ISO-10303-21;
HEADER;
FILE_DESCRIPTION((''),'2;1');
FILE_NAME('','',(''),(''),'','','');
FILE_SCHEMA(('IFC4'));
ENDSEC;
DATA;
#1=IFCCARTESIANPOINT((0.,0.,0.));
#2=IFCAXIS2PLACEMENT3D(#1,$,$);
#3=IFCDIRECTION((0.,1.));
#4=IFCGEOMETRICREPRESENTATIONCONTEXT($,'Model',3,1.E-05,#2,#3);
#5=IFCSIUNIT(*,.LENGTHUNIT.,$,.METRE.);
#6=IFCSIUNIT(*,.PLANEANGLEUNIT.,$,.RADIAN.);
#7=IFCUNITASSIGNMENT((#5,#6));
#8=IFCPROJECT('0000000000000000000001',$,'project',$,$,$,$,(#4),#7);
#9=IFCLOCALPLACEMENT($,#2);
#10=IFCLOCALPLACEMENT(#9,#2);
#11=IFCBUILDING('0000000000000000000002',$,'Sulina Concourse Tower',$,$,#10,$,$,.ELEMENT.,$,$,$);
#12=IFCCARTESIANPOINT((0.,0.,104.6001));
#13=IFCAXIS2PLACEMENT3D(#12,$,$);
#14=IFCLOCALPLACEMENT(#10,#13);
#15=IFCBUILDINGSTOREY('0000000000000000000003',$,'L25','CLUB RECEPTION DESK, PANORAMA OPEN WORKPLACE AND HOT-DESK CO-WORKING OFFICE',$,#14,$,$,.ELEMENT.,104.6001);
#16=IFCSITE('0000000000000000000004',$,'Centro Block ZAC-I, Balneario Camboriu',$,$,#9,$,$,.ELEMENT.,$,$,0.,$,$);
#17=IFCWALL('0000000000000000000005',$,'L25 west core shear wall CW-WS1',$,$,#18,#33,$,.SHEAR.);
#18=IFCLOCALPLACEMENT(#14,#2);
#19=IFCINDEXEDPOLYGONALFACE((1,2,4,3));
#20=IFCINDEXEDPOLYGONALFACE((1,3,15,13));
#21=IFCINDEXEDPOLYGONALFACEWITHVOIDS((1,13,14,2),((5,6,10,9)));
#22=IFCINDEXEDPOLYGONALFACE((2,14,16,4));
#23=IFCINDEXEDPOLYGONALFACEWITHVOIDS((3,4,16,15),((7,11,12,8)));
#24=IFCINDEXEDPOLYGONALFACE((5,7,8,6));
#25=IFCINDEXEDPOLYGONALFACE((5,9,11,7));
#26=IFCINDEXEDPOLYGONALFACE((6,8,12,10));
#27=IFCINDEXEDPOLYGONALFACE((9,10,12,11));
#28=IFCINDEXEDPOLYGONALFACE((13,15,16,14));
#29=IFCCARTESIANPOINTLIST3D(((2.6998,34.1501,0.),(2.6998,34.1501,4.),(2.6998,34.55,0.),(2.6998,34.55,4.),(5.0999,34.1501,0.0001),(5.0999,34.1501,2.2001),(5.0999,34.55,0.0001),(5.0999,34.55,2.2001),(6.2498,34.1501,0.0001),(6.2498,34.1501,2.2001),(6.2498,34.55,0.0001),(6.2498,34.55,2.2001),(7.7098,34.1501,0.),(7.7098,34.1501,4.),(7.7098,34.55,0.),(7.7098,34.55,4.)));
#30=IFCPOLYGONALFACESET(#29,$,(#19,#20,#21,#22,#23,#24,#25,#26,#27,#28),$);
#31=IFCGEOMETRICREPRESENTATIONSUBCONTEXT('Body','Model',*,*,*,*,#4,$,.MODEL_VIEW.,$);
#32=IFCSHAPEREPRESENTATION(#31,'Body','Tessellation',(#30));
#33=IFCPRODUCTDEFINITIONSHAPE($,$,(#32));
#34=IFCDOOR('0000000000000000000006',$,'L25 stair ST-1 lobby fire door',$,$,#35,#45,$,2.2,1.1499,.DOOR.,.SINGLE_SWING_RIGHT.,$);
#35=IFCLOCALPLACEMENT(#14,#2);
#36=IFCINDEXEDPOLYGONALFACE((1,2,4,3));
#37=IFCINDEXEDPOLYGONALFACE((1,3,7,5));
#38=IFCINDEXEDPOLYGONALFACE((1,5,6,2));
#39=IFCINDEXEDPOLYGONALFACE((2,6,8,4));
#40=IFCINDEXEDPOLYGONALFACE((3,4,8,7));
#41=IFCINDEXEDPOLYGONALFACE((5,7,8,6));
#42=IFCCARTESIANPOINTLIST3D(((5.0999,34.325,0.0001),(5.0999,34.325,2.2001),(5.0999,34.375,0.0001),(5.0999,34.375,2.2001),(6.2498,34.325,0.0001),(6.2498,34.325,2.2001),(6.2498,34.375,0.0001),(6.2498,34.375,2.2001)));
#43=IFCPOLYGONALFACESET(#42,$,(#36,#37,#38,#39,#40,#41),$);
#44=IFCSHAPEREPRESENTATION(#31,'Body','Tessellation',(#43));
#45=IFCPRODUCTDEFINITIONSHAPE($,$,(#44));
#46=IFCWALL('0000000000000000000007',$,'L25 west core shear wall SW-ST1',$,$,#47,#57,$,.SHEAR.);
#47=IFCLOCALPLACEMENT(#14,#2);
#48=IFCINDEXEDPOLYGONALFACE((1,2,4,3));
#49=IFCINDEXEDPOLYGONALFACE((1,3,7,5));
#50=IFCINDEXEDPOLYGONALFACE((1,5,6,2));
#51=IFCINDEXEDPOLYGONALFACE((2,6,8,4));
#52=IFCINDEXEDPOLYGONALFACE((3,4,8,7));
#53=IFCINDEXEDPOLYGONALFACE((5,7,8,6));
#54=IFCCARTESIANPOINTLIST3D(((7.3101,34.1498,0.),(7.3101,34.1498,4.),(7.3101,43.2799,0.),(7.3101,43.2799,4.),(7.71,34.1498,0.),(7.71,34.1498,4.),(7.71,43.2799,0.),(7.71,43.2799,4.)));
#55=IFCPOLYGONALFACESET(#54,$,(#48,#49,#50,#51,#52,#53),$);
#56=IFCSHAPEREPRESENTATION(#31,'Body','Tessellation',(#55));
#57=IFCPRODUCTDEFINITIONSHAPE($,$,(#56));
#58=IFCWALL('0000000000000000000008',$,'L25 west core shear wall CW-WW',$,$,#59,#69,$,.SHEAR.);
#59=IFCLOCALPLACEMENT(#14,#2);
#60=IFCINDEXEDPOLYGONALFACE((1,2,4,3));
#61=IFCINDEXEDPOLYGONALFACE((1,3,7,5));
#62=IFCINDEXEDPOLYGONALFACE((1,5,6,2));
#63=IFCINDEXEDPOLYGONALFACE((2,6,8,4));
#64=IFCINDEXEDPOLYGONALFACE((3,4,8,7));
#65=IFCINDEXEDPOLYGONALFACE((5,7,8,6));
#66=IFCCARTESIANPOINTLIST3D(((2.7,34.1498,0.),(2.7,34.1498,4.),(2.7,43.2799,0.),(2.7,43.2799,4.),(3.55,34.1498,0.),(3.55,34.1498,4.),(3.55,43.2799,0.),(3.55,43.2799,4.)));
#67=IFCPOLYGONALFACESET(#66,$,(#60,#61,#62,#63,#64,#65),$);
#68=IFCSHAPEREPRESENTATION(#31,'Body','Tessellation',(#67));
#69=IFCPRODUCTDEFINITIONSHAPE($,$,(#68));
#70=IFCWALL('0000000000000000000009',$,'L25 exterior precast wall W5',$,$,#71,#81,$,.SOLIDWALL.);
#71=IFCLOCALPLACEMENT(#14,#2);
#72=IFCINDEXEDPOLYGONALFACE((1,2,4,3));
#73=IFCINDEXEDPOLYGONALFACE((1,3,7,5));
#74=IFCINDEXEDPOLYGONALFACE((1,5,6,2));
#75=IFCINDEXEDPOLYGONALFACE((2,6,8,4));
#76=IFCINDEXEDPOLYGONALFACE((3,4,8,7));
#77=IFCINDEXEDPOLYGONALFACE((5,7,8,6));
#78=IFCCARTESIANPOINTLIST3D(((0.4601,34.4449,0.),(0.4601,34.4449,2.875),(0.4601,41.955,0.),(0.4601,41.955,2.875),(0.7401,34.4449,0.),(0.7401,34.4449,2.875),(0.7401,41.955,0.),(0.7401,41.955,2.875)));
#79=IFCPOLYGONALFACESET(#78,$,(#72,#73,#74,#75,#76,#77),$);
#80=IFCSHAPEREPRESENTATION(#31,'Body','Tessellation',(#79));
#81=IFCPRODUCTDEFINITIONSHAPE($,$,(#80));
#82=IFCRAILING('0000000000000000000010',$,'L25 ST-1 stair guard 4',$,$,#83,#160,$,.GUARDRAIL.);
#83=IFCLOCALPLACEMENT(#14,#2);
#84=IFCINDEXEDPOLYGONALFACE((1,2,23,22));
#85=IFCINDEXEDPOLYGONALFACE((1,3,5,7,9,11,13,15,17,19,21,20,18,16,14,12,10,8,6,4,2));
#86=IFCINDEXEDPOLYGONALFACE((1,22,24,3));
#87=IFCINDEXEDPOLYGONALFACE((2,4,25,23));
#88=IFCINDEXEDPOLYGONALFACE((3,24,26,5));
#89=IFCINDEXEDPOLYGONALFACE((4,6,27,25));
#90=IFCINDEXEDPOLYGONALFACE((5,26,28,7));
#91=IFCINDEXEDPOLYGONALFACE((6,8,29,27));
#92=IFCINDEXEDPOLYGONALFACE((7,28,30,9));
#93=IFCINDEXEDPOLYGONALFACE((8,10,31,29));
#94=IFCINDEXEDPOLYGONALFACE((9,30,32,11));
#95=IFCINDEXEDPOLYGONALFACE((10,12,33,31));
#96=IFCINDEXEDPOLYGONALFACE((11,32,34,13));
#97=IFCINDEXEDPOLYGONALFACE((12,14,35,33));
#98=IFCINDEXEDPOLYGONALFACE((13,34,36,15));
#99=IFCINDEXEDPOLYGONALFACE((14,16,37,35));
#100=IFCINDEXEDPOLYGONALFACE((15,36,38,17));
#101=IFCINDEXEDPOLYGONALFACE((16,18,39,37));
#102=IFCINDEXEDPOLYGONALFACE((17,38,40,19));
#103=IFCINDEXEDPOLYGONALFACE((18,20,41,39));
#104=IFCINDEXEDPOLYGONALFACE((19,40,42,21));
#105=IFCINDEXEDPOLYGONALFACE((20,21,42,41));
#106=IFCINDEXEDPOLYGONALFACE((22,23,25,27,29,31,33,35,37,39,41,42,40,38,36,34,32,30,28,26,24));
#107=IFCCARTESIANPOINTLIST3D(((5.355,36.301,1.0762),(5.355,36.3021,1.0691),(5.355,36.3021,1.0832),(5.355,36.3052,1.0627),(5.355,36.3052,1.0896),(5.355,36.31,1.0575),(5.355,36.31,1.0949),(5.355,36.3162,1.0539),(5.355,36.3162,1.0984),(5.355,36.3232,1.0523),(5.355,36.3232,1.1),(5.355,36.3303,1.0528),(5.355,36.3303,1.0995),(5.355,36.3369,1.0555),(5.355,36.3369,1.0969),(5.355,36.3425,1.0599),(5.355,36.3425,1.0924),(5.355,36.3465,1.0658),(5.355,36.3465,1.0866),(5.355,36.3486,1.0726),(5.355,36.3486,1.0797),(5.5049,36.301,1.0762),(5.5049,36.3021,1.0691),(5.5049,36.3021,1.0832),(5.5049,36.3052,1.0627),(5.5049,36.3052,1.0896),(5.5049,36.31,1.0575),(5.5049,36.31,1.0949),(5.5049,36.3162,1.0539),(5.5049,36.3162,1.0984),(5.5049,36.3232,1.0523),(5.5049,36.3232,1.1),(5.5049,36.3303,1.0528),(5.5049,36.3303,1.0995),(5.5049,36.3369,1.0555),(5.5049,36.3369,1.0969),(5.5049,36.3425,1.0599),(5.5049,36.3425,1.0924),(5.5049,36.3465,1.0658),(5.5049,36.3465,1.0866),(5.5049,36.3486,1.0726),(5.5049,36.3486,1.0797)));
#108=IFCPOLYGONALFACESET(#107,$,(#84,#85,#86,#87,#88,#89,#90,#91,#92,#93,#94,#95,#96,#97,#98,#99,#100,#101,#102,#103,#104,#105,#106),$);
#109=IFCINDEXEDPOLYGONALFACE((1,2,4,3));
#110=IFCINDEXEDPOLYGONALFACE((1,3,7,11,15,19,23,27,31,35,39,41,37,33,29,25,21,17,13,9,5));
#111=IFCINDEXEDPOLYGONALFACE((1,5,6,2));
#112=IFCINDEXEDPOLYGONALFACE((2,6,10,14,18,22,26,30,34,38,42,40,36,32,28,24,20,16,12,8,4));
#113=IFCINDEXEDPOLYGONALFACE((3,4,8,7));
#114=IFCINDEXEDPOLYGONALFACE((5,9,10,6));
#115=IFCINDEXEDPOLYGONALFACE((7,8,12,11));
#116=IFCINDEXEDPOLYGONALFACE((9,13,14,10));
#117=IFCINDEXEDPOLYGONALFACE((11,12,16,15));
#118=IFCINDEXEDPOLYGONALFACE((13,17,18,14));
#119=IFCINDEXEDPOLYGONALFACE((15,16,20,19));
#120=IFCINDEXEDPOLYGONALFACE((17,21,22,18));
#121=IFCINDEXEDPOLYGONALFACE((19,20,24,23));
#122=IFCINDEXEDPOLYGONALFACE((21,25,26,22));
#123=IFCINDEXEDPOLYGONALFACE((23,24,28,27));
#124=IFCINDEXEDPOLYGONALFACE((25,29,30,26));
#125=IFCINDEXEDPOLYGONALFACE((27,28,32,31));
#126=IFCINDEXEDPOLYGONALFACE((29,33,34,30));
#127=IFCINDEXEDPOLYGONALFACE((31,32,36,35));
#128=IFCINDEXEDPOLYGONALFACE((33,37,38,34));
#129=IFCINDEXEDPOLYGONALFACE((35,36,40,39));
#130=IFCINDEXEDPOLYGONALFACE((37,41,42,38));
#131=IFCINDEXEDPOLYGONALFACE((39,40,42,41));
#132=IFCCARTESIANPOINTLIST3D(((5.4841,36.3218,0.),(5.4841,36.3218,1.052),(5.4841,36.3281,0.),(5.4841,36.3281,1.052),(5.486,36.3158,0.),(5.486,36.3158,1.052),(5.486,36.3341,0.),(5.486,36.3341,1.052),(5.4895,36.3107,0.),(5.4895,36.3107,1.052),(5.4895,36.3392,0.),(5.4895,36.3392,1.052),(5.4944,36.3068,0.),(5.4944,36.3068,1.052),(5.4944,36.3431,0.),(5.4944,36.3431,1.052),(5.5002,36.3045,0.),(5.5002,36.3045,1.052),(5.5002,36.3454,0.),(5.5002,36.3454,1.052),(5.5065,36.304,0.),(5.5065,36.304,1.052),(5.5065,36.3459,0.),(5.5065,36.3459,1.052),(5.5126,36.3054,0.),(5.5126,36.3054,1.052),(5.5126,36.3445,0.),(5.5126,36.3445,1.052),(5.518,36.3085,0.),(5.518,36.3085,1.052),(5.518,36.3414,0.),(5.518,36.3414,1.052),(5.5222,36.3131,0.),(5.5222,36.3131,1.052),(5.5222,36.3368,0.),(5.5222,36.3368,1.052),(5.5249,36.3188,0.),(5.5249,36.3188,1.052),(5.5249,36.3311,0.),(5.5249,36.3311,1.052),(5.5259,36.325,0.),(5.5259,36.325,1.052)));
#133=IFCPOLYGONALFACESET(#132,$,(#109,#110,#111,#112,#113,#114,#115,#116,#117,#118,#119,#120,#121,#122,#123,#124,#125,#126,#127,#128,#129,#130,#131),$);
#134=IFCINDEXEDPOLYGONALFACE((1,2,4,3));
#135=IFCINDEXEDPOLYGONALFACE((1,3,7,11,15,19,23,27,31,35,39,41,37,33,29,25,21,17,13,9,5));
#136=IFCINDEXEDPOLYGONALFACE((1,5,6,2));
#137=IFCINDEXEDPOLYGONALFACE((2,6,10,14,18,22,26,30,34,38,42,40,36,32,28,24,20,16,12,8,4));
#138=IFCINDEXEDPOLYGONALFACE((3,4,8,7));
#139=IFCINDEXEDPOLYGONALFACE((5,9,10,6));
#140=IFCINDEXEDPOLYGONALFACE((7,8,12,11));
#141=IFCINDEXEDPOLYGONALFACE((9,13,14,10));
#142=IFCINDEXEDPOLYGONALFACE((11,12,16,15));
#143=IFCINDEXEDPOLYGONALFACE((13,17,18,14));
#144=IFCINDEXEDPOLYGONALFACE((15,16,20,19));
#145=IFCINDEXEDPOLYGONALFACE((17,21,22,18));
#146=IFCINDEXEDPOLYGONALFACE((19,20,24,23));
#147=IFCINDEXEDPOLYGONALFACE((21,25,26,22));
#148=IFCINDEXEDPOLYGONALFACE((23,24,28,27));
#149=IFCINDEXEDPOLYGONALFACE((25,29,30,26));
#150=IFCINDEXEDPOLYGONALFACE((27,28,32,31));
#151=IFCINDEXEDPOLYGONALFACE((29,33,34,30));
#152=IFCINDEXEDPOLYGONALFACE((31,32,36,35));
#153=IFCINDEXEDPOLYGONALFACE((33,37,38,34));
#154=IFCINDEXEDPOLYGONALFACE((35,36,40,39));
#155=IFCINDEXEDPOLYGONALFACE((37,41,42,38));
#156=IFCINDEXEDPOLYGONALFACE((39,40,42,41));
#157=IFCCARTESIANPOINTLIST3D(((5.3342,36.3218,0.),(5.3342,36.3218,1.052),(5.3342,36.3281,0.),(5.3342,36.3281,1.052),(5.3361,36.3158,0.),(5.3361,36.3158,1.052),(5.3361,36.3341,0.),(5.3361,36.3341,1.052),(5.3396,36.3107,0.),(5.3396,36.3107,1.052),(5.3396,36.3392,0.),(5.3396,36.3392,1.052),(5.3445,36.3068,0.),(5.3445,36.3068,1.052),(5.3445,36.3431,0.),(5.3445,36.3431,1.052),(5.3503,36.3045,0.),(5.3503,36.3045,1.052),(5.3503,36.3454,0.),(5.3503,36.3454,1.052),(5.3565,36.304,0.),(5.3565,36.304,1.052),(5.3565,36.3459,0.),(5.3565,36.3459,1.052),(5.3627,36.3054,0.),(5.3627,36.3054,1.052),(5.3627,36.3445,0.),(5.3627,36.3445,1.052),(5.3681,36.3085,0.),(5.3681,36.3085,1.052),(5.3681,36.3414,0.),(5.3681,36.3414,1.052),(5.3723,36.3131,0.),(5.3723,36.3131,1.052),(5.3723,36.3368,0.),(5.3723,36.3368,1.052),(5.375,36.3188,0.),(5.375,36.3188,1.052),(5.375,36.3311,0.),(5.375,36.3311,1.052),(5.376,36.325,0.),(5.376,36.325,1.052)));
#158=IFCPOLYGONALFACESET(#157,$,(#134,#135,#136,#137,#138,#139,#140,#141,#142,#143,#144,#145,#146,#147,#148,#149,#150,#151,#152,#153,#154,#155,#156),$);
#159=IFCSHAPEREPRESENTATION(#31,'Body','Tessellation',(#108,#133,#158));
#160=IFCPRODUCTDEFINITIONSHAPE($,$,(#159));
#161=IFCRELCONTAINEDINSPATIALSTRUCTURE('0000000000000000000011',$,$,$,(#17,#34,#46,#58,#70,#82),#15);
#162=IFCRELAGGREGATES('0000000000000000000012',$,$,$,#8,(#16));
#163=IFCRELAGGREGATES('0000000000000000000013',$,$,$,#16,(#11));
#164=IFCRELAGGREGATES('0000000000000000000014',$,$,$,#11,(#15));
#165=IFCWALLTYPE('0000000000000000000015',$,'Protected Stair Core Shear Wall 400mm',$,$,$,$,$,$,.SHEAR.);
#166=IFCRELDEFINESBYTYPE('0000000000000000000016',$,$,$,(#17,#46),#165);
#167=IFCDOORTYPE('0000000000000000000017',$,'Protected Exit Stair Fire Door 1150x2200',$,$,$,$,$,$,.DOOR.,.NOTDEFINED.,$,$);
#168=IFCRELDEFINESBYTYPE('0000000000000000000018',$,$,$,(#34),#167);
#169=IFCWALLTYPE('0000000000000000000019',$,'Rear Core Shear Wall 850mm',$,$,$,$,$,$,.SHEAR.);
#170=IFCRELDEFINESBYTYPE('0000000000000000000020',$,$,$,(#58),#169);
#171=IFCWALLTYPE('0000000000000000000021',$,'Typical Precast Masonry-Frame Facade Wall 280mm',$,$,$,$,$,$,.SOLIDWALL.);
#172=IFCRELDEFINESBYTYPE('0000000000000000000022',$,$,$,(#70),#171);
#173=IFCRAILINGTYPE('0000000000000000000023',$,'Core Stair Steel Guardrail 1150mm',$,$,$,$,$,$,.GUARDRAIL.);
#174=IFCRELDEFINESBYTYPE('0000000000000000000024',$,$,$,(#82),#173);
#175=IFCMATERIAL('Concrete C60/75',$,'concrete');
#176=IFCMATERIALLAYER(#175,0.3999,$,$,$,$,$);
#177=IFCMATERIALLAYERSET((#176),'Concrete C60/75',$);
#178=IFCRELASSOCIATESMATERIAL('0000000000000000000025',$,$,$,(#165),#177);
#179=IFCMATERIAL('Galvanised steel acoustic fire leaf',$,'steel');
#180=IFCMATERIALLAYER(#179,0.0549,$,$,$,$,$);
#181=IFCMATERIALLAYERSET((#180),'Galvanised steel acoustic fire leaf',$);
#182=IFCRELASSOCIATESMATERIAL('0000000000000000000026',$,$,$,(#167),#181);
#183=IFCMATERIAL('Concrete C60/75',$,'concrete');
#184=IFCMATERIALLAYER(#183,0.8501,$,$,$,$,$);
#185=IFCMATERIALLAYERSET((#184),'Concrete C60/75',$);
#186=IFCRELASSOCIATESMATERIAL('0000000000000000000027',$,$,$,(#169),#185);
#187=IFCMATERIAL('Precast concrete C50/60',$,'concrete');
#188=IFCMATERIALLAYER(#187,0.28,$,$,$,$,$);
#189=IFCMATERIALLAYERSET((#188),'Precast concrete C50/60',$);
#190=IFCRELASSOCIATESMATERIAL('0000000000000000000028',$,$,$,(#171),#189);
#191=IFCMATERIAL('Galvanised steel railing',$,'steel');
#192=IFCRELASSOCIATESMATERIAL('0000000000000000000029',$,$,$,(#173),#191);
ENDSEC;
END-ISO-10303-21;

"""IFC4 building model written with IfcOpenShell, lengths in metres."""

from ifc_helpers import new_model, si_unit, direction, frame, frame_2d, origin, origin_2d, place, context, subcontext, project, spatial, rectangle, circle, extrude, material, layer, layer_set, type_object, element, fill, save


model = new_model("IFC4")

# Units and contexts
model_context = context("Model", 3, precision=1e-05, world=origin(), true_north=direction((0.0, 1.0)))
body_context = subcontext(model_context, "Body", "Model", "MODEL_VIEW")
ifc_project = project(units=[si_unit("LENGTHUNIT", "METRE"), si_unit("PLANEANGLEUNIT", "RADIAN")], contexts=[model_context])

# Site, building, storey
site_placement = place(None, origin())
site = spatial("IfcSite", under=ifc_project, at=site_placement, Name="Centro Block ZAC-I, Balneario Camboriu", CompositionType="ELEMENT", RefElevation=0.0)
building_placement = place(site_placement, origin())
building = spatial("IfcBuilding", under=site, at=building_placement, Name="Sulina Concourse Tower", CompositionType="ELEMENT")
storey_placement = place(building_placement, frame((0.0, 0.0, 104.6001)))
storey = spatial("IfcBuildingStorey", under=building, at=storey_placement, Name="L25", Description="CLUB RECEPTION DESK, PANORAMA OPEN WORKPLACE AND HOT-DESK CO-WORKING OFFICE", CompositionType="ELEMENT", Elevation=104.6001)

# Wall, opening, door
ifc_material_1 = material(Name="Concrete C60/75", Category="concrete")
ifc_layer_1 = layer(ifc_material_1, 0.3999)
ifc_layer_set_1 = layer_set([ifc_layer_1], Name="Concrete C60/75")
wall_type_1 = type_object("IfcWallType", Name="Protected Stair Core Shear Wall 400mm", PredefinedType="SHEAR", material=ifc_layer_set_1)
wall_1_placement = place(storey_placement, frame((2.7, 34.3501, 0.0), z_axis=(0.0, 0.0, 1.0), x_axis=(1.0, 0.0, 0.0)))
wall_1 = element("IfcWall", 1, at=wall_1_placement, inside=storey, type_object=wall_type_1, Name="L25 west core shear wall CW-WS1", PredefinedType="SHEAR", context=body_context, shape_type="SweptSolid", body=[
    extrude(rectangle(XDim=5.01, YDim=0.3999, at=frame_2d((2.5049, 0.0))), origin(), (0.0, 0.0, 1.0), 4.0),
])
opening_placement = place(wall_1_placement, frame((2.3999, 0.0, 0.0)))
opening = element("IfcOpeningElement", 2, at=opening_placement, cuts=wall_1, PredefinedType="OPENING", context=body_context, shape_type="SweptSolid", body=[
    extrude(rectangle(XDim=1.1499, YDim=2.2, at=frame_2d((0.575, 1.1001))), frame((0.0, 0.21, 0.0), z_axis=(0.0, -1.0, 0.0), x_axis=(1.0, 0.0, 0.0)), (0.0, 0.0, 1.0), 0.4199),
])
ifc_material_2 = material(Name="Galvanised steel acoustic fire leaf", Category="steel")
ifc_layer_2 = layer(ifc_material_2, 0.0549)
ifc_layer_set_2 = layer_set([ifc_layer_2], Name="Galvanised steel acoustic fire leaf")
door_type = type_object("IfcDoorType", Name="Protected Exit Stair Fire Door 1150x2200", OperationType="NOTDEFINED", PredefinedType="DOOR", material=ifc_layer_set_2)
door_placement = place(opening_placement, origin())
door = element("IfcDoor", 3, at=door_placement, inside=storey, type_object=door_type, Name="L25 stair ST-1 lobby fire door", OperationType="SINGLE_SWING_RIGHT", OverallHeight=2.2, OverallWidth=1.1499, PredefinedType="DOOR", context=body_context, shape_type="SweptSolid", body=[
    extrude(rectangle(XDim=1.1499, YDim=2.2, at=frame_2d((0.575, 1.1001))), frame((0.0, 0.0249, 0.0), z_axis=(0.0, -1.0, 0.0), x_axis=(1.0, 0.0, 0.0)), (0.0, 0.0, 1.0), 0.05),
])
fill(opening, door)

# Walls
wall_2_placement = place(storey_placement, frame((7.51, 34.1499, 0.0), z_axis=(0.0, 0.0, 1.0), x_axis=(0.0, 1.0, 0.0)))
element("IfcWall", 4, at=wall_2_placement, inside=storey, type_object=wall_type_1, Name="L25 west core shear wall SW-ST1", PredefinedType="SHEAR", context=body_context, shape_type="SweptSolid", body=[
    extrude(rectangle(XDim=9.1301, YDim=0.3999, at=frame_2d((4.5649, 0.0))), origin(), (0.0, 0.0, 1.0), 4.0),
])
ifc_material_3 = material(Name="Concrete C60/75", Category="concrete")
ifc_layer_3 = layer(ifc_material_3, 0.8501)
ifc_layer_set_3 = layer_set([ifc_layer_3], Name="Concrete C60/75")
wall_type_2 = type_object("IfcWallType", Name="Rear Core Shear Wall 850mm", PredefinedType="SHEAR", material=ifc_layer_set_3)
wall_3_placement = place(storey_placement, frame((3.125, 34.1499, 0.0), z_axis=(0.0, 0.0, 1.0), x_axis=(0.0, 1.0, 0.0)))
element("IfcWall", 5, at=wall_3_placement, inside=storey, type_object=wall_type_2, Name="L25 west core shear wall CW-WW", PredefinedType="SHEAR", context=body_context, shape_type="SweptSolid", body=[
    extrude(rectangle(XDim=9.1301, YDim=0.8501, at=frame_2d((4.5649, 0.0))), origin(), (0.0, 0.0, 1.0), 4.0),
])
ifc_material_4 = material(Name="Precast concrete C50/60", Category="concrete")
ifc_layer_4 = layer(ifc_material_4, 0.28)
ifc_layer_set_4 = layer_set([ifc_layer_4], Name="Precast concrete C50/60")
wall_type_3 = type_object("IfcWallType", Name="Typical Precast Masonry-Frame Facade Wall 280mm", PredefinedType="SOLIDWALL", material=ifc_layer_set_4)
wall_4_placement = place(storey_placement, frame((0.6001, 34.4451, 0.0), z_axis=(0.0, 0.0, 1.0), x_axis=(0.0, 1.0, 0.0)))
element("IfcWall", 6, at=wall_4_placement, inside=storey, type_object=wall_type_3, Name="L25 exterior precast wall W5", PredefinedType="SOLIDWALL", context=body_context, shape_type="SweptSolid", body=[
    extrude(rectangle(XDim=7.51, YDim=0.28, at=frame_2d((3.7549, 0.0))), origin(), (0.0, 0.0, 1.0), 2.875),
])

# Railing
ifc_material_5 = material(Name="Galvanised steel railing", Category="steel")
railing_type = type_object("IfcRailingType", Name="Core Stair Steel Guardrail 1150mm", PredefinedType="GUARDRAIL", material=ifc_material_5)
railing_placement = place(storey_placement, frame((5.5049, 36.325, 0.0)))
element("IfcRailing", 7, at=railing_placement, inside=storey, type_object=railing_type, Name="L25 ST-1 stair guard 4", PredefinedType="GUARDRAIL", context=body_context, shape_type="SweptSolid", body=[
    extrude(circle(Radius=0.0239, at=origin_2d()), frame((0.0, 0.0, 1.0762), z_axis=(-1.0, 0.0, 0.0), x_axis=(0.0, -1.0, 0.0)), (0.0, 0.0, 1.0), 0.1499),
    extrude(circle(Radius=0.021, at=origin_2d()), origin(), (0.0, 0.0, 1.0), 1.052),
    extrude(circle(Radius=0.021, at=origin_2d()), frame((-0.1499, 0.0, 0.0)), (0.0, 0.0, 1.0), 1.052),
])

save(model, "model.ifc")
